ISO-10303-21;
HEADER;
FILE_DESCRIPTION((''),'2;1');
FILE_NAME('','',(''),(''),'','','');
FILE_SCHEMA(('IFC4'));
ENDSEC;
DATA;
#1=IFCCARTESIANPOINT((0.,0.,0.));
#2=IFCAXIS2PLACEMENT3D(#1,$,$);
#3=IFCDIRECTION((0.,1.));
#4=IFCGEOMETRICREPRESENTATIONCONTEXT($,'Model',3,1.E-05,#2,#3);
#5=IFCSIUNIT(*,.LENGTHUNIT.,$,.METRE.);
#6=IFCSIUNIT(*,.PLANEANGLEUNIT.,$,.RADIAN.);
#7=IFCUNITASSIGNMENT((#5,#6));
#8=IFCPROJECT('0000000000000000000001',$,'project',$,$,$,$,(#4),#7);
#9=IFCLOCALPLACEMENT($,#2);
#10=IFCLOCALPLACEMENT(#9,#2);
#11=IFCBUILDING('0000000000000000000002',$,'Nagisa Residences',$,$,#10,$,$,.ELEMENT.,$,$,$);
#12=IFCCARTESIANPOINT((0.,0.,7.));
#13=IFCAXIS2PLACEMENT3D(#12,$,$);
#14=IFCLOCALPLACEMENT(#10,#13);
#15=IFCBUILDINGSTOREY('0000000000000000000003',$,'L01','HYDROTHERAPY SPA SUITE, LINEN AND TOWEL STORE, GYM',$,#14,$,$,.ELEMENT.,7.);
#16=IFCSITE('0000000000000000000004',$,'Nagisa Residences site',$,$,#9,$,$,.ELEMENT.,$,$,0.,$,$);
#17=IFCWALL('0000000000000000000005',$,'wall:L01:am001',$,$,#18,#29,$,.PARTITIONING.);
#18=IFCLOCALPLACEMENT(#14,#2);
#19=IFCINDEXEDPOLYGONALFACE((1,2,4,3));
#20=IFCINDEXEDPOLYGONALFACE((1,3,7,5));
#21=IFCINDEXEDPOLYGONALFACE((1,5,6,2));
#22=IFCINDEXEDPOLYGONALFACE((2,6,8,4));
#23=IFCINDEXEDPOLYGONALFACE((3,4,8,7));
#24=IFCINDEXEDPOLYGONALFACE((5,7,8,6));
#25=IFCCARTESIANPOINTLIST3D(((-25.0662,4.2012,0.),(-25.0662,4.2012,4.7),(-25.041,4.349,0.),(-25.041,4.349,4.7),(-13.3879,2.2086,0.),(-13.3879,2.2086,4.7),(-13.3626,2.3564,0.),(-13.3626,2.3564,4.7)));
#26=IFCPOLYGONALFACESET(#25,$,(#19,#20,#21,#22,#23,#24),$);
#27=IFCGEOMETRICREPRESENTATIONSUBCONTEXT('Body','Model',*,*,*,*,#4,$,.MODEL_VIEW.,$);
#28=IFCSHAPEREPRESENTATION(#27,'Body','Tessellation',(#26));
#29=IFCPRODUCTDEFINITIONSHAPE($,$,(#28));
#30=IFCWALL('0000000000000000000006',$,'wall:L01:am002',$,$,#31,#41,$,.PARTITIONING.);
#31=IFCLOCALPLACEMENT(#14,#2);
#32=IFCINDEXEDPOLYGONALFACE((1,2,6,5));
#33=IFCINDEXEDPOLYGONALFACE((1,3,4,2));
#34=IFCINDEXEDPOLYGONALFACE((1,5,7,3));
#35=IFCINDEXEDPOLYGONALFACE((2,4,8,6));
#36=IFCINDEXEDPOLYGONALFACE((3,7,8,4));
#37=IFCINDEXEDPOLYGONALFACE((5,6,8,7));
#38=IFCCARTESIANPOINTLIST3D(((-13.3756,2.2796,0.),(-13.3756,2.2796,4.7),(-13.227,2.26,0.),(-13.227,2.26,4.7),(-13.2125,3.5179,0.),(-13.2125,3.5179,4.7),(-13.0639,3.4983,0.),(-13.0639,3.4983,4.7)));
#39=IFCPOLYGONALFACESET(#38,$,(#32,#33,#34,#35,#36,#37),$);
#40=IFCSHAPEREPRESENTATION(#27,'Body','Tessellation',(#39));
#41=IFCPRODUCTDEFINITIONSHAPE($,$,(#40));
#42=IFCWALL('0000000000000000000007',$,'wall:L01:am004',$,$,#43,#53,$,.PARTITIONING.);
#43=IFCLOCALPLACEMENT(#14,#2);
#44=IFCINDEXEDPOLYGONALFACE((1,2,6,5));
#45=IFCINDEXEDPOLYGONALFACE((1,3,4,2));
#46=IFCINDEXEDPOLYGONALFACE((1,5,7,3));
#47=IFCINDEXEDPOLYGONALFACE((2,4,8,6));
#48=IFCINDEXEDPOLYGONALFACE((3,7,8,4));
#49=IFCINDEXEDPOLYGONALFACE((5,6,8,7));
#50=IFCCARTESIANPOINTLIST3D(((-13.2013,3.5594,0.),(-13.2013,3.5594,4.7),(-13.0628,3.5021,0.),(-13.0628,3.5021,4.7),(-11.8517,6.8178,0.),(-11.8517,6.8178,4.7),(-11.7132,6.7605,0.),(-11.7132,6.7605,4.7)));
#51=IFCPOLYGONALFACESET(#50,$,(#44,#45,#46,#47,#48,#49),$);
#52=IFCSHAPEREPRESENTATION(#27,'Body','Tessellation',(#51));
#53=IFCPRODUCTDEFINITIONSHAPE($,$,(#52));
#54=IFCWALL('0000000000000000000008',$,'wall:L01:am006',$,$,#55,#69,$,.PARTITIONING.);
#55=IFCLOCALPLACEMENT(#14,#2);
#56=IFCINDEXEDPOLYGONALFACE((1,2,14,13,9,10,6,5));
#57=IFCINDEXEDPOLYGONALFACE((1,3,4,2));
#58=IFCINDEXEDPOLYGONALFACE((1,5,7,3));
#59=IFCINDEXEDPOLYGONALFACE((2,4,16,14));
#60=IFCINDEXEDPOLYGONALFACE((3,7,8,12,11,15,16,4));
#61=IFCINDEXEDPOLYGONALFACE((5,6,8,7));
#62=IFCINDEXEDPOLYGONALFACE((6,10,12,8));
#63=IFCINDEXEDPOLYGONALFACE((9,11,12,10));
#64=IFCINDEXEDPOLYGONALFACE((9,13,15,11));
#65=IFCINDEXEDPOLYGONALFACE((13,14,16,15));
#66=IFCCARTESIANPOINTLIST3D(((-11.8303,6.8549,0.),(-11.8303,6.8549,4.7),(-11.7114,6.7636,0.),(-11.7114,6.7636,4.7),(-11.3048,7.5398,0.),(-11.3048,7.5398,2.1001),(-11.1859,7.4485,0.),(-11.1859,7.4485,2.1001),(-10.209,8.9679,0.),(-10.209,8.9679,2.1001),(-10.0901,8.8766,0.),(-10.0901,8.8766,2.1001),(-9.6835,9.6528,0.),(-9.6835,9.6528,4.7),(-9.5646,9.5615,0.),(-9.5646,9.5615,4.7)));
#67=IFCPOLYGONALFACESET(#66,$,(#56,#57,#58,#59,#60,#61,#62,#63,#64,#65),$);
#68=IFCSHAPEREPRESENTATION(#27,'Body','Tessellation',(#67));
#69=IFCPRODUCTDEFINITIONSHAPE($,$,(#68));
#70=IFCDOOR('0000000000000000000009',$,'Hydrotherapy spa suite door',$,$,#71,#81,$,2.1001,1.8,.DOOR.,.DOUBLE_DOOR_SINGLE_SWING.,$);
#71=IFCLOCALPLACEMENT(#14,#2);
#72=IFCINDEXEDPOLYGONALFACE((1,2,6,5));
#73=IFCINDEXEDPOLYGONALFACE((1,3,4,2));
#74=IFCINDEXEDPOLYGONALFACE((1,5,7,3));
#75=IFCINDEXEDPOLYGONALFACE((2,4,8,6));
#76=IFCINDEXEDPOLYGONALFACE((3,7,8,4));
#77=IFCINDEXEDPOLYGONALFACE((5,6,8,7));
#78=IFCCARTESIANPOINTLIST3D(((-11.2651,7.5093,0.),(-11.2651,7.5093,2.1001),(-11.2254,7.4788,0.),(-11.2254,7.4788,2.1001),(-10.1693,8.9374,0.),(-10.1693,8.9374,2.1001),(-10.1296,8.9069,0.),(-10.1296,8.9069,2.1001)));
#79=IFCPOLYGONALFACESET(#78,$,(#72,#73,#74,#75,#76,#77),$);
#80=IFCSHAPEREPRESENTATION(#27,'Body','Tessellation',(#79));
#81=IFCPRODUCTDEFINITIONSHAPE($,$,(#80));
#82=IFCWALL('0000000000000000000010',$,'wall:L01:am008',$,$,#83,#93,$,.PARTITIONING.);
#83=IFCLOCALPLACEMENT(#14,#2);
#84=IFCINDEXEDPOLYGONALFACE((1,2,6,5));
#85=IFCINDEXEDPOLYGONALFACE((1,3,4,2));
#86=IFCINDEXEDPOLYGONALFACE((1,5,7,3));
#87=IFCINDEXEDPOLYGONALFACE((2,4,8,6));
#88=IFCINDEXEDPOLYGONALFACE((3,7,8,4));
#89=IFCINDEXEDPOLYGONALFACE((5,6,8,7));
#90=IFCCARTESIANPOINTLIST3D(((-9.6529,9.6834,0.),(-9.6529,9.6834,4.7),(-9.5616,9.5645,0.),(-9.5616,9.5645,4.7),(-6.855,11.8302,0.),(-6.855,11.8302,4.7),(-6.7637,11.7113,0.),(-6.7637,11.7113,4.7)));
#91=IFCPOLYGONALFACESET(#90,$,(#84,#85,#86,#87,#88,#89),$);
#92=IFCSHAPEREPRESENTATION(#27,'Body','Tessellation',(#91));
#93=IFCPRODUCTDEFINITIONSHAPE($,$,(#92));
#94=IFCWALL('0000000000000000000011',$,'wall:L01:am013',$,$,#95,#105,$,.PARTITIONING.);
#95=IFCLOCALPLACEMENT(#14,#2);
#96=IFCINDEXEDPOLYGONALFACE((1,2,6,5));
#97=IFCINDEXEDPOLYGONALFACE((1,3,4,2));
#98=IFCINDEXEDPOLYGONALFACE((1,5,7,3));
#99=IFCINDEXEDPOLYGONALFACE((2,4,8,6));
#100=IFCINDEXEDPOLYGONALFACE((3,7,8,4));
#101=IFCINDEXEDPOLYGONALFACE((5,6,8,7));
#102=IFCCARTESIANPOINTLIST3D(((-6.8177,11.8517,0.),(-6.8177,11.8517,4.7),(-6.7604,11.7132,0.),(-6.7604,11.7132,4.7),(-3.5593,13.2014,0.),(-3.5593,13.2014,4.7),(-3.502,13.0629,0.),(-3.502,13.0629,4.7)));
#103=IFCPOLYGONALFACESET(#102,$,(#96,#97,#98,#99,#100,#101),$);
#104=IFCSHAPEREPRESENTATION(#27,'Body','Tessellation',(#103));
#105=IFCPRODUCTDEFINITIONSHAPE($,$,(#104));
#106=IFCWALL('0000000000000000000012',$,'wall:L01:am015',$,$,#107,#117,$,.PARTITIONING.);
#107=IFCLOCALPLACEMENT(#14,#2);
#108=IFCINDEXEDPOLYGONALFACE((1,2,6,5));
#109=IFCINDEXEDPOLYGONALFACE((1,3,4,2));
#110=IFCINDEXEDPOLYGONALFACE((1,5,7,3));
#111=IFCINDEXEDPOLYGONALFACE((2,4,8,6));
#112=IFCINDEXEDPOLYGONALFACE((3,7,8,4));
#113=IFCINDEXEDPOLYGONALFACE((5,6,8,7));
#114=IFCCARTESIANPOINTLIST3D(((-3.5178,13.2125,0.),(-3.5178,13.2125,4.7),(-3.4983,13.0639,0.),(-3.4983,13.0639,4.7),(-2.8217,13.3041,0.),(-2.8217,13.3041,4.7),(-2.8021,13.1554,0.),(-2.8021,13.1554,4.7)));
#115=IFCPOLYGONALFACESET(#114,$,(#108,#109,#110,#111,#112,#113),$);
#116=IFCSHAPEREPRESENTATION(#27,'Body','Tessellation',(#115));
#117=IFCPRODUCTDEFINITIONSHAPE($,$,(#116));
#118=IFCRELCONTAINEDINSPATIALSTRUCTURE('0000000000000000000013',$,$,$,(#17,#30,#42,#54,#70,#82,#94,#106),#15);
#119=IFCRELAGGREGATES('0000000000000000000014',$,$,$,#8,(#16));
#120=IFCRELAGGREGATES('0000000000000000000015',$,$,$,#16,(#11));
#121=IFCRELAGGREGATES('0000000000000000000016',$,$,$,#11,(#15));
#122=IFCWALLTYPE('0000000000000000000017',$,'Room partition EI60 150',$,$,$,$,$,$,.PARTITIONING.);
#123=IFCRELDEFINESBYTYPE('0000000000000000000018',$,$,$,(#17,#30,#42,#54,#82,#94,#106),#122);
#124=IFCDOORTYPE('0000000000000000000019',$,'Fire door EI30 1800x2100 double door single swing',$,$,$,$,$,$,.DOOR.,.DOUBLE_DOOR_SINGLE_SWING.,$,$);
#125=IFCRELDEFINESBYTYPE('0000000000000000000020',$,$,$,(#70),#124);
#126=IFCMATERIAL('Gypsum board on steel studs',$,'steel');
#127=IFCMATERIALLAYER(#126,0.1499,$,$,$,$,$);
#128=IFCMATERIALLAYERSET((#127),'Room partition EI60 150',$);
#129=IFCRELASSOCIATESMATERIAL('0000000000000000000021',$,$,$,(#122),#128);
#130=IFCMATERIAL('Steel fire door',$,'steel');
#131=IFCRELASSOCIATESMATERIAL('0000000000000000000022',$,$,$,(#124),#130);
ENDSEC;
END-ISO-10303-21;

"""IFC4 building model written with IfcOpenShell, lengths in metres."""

from ifc_helpers import new_model, si_unit, direction, frame, frame_2d, origin, place, context, subcontext, project, spatial, rectangle, extrude, material, layer, layer_set, type_object, element, fill, save


model = new_model("IFC4")

# Units and contexts
model_context = context("Model", 3, precision=1e-05, world=origin(), true_north=direction((0.0, 1.0)))
body_context = subcontext(model_context, "Body", "Model", "MODEL_VIEW")
ifc_project = project(units=[si_unit("LENGTHUNIT", "METRE"), si_unit("PLANEANGLEUNIT", "RADIAN")], contexts=[model_context])

# Site, building, storey
site_placement = place(None, origin())
site = spatial("IfcSite", under=ifc_project, at=site_placement, Name="Nagisa Residences site", CompositionType="ELEMENT", RefElevation=0.0)
building_placement = place(site_placement, origin())
building = spatial("IfcBuilding", under=site, at=building_placement, Name="Nagisa Residences", CompositionType="ELEMENT")
storey_placement = place(building_placement, frame((0.0, 0.0, 7.0)))
storey = spatial("IfcBuildingStorey", under=building, at=storey_placement, Name="L01", Description="HYDROTHERAPY SPA SUITE, LINEN AND TOWEL STORE, GYM", CompositionType="ELEMENT", Elevation=7.0)

# Walls
ifc_material_1 = material(Name="Gypsum board on steel studs", Category="steel")
ifc_layer_1 = layer(ifc_material_1, 0.1499)
ifc_layer_set_1 = layer_set([ifc_layer_1], Name="Room partition EI60 150")
wall_type_1 = type_object("IfcWallType", Name="Room partition EI60 150", PredefinedType="PARTITIONING", material=ifc_layer_set_1)
wall_1_placement = place(storey_placement, frame((-13.3752, 2.2825, 0.0), z_axis=(0.0, 0.0, 1.0), x_axis=(-0.985753, 0.168197, 0.0)))
element("IfcWall", 1, at=wall_1_placement, inside=storey, type_object=wall_type_1, Name="wall:L01:am001", PredefinedType="PARTITIONING", context=body_context, shape_type="SweptSolid", body=[
    extrude(rectangle(XDim=11.8472, YDim=0.1499, at=frame_2d((5.9236, 0.0))), origin(), (0.0, 0.0, 1.0), 4.7),
])
wall_2_placement = place(storey_placement, frame((-13.3013, 2.2698, 0.0), z_axis=(0.0, 0.0, 1.0), x_axis=(0.130576, 0.991438, 0.0)))
element("IfcWall", 2, at=wall_2_placement, inside=storey, type_object=wall_type_1, Name="wall:L01:am002", PredefinedType="PARTITIONING", context=body_context, shape_type="SweptSolid", body=[
    extrude(rectangle(XDim=1.249, YDim=0.1499, at=frame_2d((0.6245, 0.0))), origin(), (0.0, 0.0, 1.0), 4.7),
])
wall_3_placement = place(storey_placement, frame((-13.1321, 3.5308, 0.0), z_axis=(0.0, 0.0, 1.0), x_axis=(0.382678, 0.923882, 0.0)))
element("IfcWall", 3, at=wall_3_placement, inside=storey, type_object=wall_type_1, Name="wall:L01:am004", PredefinedType="PARTITIONING", context=body_context, shape_type="SweptSolid", body=[
    extrude(rectangle(XDim=3.5269, YDim=0.1499, at=frame_2d((1.7634, 0.0))), origin(), (0.0, 0.0, 1.0), 4.7),
])

# Wall, opening, door
wall_4_placement = place(storey_placement, frame((-11.7708, 6.8093, 0.0), z_axis=(0.0, 0.0, 1.0), x_axis=(0.608737, 0.793372, 0.0)))
wall_4 = element("IfcWall", 4, at=wall_4_placement, inside=storey, type_object=wall_type_1, Name="wall:L01:am006", PredefinedType="PARTITIONING", context=body_context, shape_type="SweptSolid", body=[
    extrude(rectangle(XDim=3.5266, YDim=0.1499, at=frame_2d((1.7632, 0.0))), origin(), (0.0, 0.0, 1.0), 4.7),
])
opening_1_placement = place(wall_4_placement, frame((0.8633, 0.0, 0.0)))
opening_1 = element("IfcOpeningElement", 5, at=opening_1_placement, cuts=wall_4, PredefinedType="OPENING", context=body_context, shape_type="SweptSolid", body=[
    extrude(rectangle(XDim=1.8, YDim=2.1001, at=frame_2d((0.8999, 1.05))), frame((0.0, 0.085, 0.0), z_axis=(0.0, -1.0, 0.0), x_axis=(1.0, 0.0, 0.0)), (0.0, 0.0, 1.0), 0.1699),
])
ifc_material_2 = material(Name="Steel fire door", Category="steel")
door_type_1 = type_object("IfcDoorType", Name="Fire door EI30 1800x2100 double door single swing", OperationType="DOUBLE_DOOR_SINGLE_SWING", PredefinedType="DOOR", material=ifc_material_2)
door_1_placement = place(opening_1_placement, origin())
door_1 = element("IfcDoor", 6, at=door_1_placement, inside=storey, type_object=door_type_1, Name="Hydrotherapy spa suite door", OperationType="DOUBLE_DOOR_SINGLE_SWING", OverallHeight=2.1001, OverallWidth=1.8, PredefinedType="DOOR", context=body_context, shape_type="SweptSolid", body=[
    extrude(rectangle(XDim=1.8, YDim=2.1001, at=frame_2d((0.8999, 1.05))), frame((0.0, 0.0249, 0.0), z_axis=(0.0, -1.0, 0.0), x_axis=(1.0, 0.0, 0.0)), (0.0, 0.0, 1.0), 0.05),
])
fill(opening_1, door_1)

# Walls
wall_5_placement = place(storey_placement, frame((-9.6072, 9.624, 0.0), z_axis=(0.0, 0.0, 1.0), x_axis=(0.793372, 0.608737, 0.0)))
element("IfcWall", 7, at=wall_5_placement, inside=storey, type_object=wall_type_1, Name="wall:L01:am008", PredefinedType="PARTITIONING", context=body_context, shape_type="SweptSolid", body=[
    extrude(rectangle(XDim=3.5266, YDim=0.1499, at=frame_2d((1.7632, 0.0))), origin(), (0.0, 0.0, 1.0), 4.7),
])
wall_6_placement = place(storey_placement, frame((-6.7891, 11.7825, 0.0), z_axis=(0.0, 0.0, 1.0), x_axis=(0.923882, 0.382678, 0.0)))
element("IfcWall", 8, at=wall_6_placement, inside=storey, type_object=wall_type_1, Name="wall:L01:am013", PredefinedType="PARTITIONING", context=body_context, shape_type="SweptSolid", body=[
    extrude(rectangle(XDim=3.5269, YDim=0.1499, at=frame_2d((1.7634, 0.0))), origin(), (0.0, 0.0, 1.0), 4.7),
])
wall_7_placement = place(storey_placement, frame((-3.5081, 13.1382, 0.0), z_axis=(0.0, 0.0, 1.0), x_axis=(0.99146, 0.13041, 0.0)))
element("IfcWall", 9, at=wall_7_placement, inside=storey, type_object=wall_type_1, Name="wall:L01:am015", PredefinedType="PARTITIONING", context=body_context, shape_type="SweptSolid", body=[
    extrude(rectangle(XDim=0.7021, YDim=0.1499, at=frame_2d((0.3511, 0.0))), origin(), (0.0, 0.0, 1.0), 4.7),
])

save(model, "model.ifc")
